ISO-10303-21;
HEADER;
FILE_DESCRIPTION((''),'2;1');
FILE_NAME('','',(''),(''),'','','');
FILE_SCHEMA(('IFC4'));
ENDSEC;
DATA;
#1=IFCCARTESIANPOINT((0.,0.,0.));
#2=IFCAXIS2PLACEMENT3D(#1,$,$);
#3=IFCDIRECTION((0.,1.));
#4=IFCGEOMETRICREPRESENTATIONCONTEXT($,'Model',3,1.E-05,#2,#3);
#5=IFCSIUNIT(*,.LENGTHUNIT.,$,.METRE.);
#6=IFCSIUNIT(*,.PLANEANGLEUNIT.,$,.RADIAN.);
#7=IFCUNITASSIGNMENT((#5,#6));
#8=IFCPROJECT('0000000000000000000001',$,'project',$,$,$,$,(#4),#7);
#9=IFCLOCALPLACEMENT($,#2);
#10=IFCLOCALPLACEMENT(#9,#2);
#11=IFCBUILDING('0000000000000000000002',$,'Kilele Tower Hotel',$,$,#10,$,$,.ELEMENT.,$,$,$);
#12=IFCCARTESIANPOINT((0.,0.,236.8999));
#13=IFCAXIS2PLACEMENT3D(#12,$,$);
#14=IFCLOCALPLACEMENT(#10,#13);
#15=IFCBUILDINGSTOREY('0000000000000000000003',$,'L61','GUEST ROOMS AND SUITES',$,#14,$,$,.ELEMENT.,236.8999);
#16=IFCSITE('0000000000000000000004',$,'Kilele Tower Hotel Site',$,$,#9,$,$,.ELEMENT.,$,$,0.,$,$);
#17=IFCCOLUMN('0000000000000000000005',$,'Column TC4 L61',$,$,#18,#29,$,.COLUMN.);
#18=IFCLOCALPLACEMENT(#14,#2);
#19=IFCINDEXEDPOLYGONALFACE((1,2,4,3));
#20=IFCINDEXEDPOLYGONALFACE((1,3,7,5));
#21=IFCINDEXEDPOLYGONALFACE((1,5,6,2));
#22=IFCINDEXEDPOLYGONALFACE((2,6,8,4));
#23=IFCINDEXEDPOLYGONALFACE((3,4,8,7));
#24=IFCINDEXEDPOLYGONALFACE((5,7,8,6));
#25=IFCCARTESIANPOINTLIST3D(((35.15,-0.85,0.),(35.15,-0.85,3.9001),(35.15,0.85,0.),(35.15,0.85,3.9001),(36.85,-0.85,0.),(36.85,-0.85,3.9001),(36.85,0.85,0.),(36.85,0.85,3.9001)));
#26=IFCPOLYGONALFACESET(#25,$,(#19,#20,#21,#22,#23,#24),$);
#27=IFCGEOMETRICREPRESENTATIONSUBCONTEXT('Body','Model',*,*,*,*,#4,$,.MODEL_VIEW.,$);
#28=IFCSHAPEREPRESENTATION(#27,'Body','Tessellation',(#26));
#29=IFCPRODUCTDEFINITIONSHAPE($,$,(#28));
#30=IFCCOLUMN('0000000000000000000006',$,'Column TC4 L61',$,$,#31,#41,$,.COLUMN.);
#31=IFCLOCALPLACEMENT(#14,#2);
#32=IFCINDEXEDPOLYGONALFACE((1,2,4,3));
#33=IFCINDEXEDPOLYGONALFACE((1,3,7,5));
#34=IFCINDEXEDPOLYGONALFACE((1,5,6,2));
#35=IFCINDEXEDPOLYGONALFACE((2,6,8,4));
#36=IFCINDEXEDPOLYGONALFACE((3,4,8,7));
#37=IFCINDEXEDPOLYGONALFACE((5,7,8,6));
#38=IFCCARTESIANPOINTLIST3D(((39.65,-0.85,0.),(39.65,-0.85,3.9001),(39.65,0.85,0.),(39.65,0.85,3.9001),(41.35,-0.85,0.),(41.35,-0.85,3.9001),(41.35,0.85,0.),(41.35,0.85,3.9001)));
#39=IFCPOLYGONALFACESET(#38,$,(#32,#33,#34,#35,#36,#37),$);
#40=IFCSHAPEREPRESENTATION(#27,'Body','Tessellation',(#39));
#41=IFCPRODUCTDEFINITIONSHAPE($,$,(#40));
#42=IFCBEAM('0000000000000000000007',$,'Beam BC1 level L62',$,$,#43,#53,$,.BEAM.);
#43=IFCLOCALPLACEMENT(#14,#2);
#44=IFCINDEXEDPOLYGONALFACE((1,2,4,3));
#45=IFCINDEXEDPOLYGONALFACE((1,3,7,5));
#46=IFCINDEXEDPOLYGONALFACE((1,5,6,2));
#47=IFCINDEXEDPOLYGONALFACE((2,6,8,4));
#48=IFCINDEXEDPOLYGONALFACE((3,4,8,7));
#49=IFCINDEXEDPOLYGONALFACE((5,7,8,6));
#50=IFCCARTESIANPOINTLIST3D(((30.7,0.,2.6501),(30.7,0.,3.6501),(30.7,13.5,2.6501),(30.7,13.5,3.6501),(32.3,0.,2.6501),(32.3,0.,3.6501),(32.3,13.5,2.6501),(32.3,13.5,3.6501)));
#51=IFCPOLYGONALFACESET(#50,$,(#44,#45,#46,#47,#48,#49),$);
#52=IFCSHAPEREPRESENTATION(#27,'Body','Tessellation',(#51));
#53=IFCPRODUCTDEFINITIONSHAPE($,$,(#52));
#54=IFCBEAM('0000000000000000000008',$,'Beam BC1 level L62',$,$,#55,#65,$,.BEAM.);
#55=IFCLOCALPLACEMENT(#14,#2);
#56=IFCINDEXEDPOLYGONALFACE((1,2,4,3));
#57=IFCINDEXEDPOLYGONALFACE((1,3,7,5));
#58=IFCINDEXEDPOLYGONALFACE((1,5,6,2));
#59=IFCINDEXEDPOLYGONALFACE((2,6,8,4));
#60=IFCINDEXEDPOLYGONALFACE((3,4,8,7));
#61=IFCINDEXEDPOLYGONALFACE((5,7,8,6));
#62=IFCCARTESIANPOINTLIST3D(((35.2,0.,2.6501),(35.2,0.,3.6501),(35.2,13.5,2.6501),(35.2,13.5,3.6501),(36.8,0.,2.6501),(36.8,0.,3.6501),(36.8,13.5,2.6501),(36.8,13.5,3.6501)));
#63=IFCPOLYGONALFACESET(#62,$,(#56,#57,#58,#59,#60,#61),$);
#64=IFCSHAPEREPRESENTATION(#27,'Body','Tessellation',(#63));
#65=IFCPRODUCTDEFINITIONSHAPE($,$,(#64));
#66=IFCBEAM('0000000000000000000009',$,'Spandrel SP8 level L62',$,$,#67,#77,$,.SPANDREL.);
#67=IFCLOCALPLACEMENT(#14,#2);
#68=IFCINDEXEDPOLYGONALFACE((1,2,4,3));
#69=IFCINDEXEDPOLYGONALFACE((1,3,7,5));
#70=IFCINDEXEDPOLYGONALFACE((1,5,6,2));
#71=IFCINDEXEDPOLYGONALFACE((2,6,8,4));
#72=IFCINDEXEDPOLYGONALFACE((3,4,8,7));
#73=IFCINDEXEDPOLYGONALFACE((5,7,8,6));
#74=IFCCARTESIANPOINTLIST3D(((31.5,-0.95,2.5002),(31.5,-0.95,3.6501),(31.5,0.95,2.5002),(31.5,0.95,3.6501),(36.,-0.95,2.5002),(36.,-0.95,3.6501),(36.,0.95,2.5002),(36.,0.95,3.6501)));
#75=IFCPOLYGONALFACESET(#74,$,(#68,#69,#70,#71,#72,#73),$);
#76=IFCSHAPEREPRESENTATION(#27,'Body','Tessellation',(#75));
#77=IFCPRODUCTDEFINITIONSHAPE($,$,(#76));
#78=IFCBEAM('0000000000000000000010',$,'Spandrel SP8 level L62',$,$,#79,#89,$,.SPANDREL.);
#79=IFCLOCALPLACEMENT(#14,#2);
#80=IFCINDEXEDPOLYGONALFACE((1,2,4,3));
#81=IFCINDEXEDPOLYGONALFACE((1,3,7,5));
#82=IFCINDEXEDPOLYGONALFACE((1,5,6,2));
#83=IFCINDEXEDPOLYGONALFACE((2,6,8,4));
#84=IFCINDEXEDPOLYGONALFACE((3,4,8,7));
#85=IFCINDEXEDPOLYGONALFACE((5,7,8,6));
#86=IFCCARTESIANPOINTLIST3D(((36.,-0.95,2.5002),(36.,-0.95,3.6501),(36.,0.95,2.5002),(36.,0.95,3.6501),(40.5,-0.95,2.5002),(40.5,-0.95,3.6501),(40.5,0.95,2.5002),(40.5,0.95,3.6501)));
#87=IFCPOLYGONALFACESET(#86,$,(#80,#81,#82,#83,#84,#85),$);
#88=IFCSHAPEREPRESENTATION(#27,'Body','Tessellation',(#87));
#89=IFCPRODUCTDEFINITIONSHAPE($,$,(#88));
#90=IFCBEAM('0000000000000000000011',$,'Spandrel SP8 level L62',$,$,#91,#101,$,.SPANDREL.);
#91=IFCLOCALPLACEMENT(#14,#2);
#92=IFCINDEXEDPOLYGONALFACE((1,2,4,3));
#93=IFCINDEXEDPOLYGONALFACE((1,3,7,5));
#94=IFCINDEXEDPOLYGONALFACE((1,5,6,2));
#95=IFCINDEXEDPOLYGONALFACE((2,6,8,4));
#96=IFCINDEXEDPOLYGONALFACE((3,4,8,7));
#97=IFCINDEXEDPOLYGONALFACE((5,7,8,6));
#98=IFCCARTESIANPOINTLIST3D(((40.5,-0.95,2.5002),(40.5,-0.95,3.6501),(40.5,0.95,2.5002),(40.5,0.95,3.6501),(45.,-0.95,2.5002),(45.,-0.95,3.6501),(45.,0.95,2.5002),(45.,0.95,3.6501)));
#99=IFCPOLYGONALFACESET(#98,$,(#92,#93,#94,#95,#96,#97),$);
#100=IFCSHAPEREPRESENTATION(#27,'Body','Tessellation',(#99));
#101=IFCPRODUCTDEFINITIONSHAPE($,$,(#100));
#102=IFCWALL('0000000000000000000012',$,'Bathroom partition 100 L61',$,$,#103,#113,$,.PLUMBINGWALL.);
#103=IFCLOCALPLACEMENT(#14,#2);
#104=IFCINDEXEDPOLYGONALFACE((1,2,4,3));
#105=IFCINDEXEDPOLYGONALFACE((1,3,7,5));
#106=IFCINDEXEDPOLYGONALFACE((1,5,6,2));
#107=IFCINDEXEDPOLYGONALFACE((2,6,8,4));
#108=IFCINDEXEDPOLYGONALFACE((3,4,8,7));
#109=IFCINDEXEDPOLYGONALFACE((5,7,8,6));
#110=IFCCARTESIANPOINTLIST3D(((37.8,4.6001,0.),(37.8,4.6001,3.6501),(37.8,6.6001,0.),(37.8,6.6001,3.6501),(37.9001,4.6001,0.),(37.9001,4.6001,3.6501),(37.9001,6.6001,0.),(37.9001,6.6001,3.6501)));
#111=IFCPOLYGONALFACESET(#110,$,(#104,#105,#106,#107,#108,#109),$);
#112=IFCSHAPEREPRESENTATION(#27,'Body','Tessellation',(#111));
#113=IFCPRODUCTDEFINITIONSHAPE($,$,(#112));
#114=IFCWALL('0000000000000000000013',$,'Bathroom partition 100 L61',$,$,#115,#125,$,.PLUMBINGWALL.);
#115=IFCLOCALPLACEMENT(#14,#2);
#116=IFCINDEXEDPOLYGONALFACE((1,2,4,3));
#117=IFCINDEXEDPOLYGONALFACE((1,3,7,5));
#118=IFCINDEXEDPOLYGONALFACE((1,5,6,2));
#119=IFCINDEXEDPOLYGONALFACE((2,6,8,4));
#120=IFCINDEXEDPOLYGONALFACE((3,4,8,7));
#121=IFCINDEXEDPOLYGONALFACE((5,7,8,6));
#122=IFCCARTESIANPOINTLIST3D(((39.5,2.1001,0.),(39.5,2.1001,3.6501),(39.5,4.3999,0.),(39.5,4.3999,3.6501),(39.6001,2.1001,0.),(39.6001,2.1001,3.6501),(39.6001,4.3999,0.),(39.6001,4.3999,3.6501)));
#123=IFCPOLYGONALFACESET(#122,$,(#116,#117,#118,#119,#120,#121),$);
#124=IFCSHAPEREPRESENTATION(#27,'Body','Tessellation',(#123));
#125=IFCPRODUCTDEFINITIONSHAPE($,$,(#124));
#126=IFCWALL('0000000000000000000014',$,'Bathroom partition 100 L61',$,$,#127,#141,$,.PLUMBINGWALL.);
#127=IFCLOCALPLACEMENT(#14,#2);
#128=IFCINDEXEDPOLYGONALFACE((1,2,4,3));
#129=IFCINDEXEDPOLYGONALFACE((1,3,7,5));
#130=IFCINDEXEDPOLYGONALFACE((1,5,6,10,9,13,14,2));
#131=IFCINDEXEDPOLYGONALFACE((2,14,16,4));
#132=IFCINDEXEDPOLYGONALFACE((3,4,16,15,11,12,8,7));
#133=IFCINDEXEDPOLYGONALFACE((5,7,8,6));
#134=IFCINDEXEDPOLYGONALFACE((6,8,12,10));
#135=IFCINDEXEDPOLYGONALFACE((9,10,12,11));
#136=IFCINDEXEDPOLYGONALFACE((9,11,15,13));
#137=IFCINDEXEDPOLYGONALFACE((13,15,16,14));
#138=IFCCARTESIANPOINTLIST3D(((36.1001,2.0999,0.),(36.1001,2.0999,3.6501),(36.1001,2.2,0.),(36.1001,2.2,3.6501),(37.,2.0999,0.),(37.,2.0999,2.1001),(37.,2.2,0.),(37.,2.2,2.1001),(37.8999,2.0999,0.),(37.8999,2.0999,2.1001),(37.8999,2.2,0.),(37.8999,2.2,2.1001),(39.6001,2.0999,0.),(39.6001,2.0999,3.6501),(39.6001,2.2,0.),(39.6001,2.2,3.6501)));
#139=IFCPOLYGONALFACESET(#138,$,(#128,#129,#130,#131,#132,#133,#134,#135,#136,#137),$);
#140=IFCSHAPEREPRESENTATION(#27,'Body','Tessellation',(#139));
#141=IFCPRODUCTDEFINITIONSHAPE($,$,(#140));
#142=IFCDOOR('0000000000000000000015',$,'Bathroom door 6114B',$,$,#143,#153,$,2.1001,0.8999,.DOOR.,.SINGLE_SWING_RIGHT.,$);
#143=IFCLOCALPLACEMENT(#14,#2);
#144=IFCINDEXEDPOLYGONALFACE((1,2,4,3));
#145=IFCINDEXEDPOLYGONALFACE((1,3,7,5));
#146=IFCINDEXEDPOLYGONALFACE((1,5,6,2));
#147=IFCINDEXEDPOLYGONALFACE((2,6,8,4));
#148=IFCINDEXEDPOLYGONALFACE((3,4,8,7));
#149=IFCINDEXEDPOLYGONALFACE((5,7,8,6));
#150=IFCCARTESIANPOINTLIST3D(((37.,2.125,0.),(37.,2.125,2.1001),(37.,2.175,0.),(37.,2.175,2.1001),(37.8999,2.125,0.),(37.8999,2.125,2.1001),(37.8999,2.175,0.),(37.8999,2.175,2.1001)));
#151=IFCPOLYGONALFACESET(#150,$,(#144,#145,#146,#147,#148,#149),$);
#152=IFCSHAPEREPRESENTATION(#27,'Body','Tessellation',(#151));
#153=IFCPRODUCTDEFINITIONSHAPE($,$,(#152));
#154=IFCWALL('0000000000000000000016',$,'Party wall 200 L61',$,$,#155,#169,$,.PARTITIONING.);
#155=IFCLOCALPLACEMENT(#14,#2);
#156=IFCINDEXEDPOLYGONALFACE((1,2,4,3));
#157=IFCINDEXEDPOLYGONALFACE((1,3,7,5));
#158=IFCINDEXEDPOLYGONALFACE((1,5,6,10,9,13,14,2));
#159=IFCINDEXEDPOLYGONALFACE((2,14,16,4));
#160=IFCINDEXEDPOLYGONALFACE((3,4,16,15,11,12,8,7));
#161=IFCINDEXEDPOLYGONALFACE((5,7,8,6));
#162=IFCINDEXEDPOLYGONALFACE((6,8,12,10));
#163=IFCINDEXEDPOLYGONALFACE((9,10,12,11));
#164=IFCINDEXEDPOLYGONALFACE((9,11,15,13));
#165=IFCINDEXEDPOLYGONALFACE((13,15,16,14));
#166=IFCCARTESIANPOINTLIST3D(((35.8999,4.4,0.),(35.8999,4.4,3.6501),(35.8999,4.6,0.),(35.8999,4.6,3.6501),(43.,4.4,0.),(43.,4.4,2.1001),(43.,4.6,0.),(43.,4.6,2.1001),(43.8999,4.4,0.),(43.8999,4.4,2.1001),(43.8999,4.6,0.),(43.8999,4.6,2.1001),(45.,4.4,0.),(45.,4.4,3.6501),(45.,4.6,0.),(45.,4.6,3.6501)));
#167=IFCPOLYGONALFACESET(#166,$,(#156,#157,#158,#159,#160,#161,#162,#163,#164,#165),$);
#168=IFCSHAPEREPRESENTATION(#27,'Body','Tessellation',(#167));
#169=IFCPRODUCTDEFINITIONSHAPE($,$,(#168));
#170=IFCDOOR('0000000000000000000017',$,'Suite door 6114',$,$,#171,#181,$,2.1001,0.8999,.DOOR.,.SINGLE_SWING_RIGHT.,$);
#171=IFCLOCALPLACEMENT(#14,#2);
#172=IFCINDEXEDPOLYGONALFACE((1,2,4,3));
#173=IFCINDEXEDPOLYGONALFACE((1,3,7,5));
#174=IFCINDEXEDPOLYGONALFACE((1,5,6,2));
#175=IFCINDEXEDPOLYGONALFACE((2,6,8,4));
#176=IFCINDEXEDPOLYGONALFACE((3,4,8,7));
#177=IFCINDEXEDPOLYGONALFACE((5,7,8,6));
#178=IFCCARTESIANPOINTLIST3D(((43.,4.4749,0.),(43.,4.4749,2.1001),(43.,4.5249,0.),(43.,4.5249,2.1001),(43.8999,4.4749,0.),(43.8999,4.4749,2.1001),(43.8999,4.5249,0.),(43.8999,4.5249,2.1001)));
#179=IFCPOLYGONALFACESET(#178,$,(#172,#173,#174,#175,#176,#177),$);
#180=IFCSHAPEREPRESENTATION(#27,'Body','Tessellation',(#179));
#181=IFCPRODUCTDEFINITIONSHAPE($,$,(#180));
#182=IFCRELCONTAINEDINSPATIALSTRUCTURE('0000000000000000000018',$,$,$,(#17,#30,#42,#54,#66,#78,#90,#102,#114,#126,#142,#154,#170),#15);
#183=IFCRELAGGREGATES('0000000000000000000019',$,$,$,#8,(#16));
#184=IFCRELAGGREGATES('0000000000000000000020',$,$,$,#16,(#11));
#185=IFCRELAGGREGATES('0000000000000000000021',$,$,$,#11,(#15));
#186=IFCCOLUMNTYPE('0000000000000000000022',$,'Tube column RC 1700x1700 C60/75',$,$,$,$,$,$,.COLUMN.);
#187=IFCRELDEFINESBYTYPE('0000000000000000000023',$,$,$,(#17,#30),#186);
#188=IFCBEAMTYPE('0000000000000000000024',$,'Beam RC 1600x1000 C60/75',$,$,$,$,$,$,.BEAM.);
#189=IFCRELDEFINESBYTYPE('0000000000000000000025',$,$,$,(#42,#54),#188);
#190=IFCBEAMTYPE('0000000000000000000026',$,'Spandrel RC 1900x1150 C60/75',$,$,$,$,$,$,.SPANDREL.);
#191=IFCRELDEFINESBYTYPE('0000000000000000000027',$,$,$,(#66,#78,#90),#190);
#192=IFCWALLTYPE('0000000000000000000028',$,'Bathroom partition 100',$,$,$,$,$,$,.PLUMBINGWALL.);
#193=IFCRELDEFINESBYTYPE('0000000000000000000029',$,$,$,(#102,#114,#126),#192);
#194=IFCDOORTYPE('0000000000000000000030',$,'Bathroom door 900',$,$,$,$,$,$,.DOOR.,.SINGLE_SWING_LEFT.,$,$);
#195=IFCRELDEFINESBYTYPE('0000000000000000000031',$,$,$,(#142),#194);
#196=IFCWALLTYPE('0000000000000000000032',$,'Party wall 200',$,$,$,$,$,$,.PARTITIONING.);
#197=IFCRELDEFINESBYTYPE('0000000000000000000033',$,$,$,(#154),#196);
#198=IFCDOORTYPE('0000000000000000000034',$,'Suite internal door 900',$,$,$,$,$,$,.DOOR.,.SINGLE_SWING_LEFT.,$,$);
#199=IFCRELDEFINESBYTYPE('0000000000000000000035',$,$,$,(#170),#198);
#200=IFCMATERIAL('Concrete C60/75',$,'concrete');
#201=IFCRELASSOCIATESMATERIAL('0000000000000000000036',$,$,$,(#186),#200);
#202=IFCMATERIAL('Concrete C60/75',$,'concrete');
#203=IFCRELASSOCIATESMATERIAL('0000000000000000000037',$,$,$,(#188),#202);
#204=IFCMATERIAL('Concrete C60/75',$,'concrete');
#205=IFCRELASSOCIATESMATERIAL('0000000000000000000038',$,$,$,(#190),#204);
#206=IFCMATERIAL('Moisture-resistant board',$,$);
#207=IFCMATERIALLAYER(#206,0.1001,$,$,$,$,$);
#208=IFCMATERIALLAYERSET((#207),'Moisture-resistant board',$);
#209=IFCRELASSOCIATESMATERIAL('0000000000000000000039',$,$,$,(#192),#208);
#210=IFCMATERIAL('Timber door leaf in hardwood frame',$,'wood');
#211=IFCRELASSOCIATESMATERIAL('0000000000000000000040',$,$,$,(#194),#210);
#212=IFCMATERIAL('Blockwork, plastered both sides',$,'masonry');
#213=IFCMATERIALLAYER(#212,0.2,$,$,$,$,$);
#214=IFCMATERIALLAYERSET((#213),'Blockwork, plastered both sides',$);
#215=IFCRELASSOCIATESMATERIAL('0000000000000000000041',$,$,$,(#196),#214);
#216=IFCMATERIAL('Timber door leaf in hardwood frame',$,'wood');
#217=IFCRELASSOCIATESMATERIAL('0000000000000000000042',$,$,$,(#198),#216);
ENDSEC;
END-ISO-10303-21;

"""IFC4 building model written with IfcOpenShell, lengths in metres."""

from ifc_helpers import new_model, si_unit, direction, frame, frame_2d, origin, origin_2d, place, context, subcontext, project, spatial, rectangle, extrude, material, layer, layer_set, material_profile, profile_set, type_object, element, fill, save


model = new_model("IFC4")

# Units and contexts
model_context = context("Model", 3, precision=1e-05, world=origin(), true_north=direction((0.0, 1.0)))
body_context = subcontext(model_context, "Body", "Model", "MODEL_VIEW")
ifc_project = project(units=[si_unit("LENGTHUNIT", "METRE"), si_unit("PLANEANGLEUNIT", "RADIAN")], contexts=[model_context])

# Site, building, storey
site_placement = place(None, origin())
site = spatial("IfcSite", under=ifc_project, at=site_placement, Name="Kilele Tower Hotel Site", CompositionType="ELEMENT", RefElevation=0.0)
building_placement = place(site_placement, origin())
building = spatial("IfcBuilding", under=site, at=building_placement, Name="Kilele Tower Hotel", CompositionType="ELEMENT")
storey_placement = place(building_placement, frame((0.0, 0.0, 236.8999)))
storey = spatial("IfcBuildingStorey", under=building, at=storey_placement, Name="L61", Description="GUEST ROOMS AND SUITES", CompositionType="ELEMENT", Elevation=236.8999)

# Columns
ifc_material_1 = material(Name="Concrete C60/75", Category="concrete")
ifc_material_profile_1 = material_profile(ifc_material_1, rectangle(XDim=1.7, YDim=1.7, at=origin_2d()))
ifc_profile_set_1 = profile_set([ifc_material_profile_1], Name="Concrete C60/75")
column_type = type_object("IfcColumnType", Name="Tube column RC 1700x1700 C60/75", PredefinedType="COLUMN", material=ifc_profile_set_1)
for number, where, z_axis, x_axis, name in (
    (1, (36.0, 0.0, 0.0), (0.0, 0.0, 1.0), (1.0, 0.0, 0.0), "Column TC4 L61"),
    (2, (40.5, 0.0, 0.0), (0.0, 0.0, 1.0), (1.0, 0.0, 0.0), "Column TC4 L61"),
):
    element("IfcColumn", number, at=place(storey_placement, frame(where, z_axis=z_axis, x_axis=x_axis)), inside=storey, type_object=column_type, Name=name, PredefinedType="COLUMN", context=body_context, shape_type="SweptSolid", body=[
        extrude(rectangle(XDim=1.7, YDim=1.7, at=origin_2d()), origin(), (0.0, 0.0, 1.0), 3.9001),
    ])

# Beams
ifc_material_2 = material(Name="Concrete C60/75", Category="concrete")
ifc_material_profile_2 = material_profile(ifc_material_2, rectangle(XDim=1.6001, YDim=1.0, at=origin_2d()))
ifc_profile_set_2 = profile_set([ifc_material_profile_2], Name="Concrete C60/75")
beam_type_1 = type_object("IfcBeamType", Name="Beam RC 1600x1000 C60/75", PredefinedType="BEAM", material=ifc_profile_set_2)
for number, where, z_axis, x_axis, name in (
    (3, (31.5, 0.0, 3.1501), (0.0, 1.0, 0.0), (-1.0, 0.0, 0.0), "Beam BC1 level L62"),
    (4, (36.0, 0.0, 3.1501), (0.0, 1.0, 0.0), (-1.0, 0.0, 0.0), "Beam BC1 level L62"),
):
    element("IfcBeam", number, at=place(storey_placement, frame(where, z_axis=z_axis, x_axis=x_axis)), inside=storey, type_object=beam_type_1, Name=name, PredefinedType="BEAM", context=body_context, shape_type="SweptSolid", body=[
        extrude(rectangle(XDim=1.6001, YDim=1.0, at=origin_2d()), origin(), (0.0, 0.0, 1.0), 13.5),
    ])
ifc_material_3 = material(Name="Concrete C60/75", Category="concrete")
ifc_material_profile_3 = material_profile(ifc_material_3, rectangle(XDim=1.8999, YDim=1.1499, at=origin_2d()))
ifc_profile_set_3 = profile_set([ifc_material_profile_3], Name="Concrete C60/75")
beam_type_2 = type_object("IfcBeamType", Name="Spandrel RC 1900x1150 C60/75", PredefinedType="SPANDREL", material=ifc_profile_set_3)
for number, where, z_axis, x_axis, name in (
    (5, (31.5, 0.0, 3.0752), (1.0, 0.0, 0.0), (0.0, 1.0, 0.0), "Spandrel SP8 level L62"),
    (6, (36.0, 0.0, 3.0752), (1.0, 0.0, 0.0), (0.0, 1.0, 0.0), "Spandrel SP8 level L62"),
    (7, (40.5, 0.0, 3.0752), (1.0, 0.0, 0.0), (0.0, 1.0, 0.0), "Spandrel SP8 level L62"),
):
    element("IfcBeam", number, at=place(storey_placement, frame(where, z_axis=z_axis, x_axis=x_axis)), inside=storey, type_object=beam_type_2, Name=name, PredefinedType="SPANDREL", context=body_context, shape_type="SweptSolid", body=[
        extrude(rectangle(XDim=1.8999, YDim=1.1499, at=origin_2d()), origin(), (0.0, 0.0, 1.0), 4.5),
    ])

# Walls
ifc_material_4 = material(Name="Moisture-resistant board")
ifc_layer_1 = layer(ifc_material_4, 0.1001)
ifc_layer_set_1 = layer_set([ifc_layer_1], Name="Moisture-resistant board")
wall_type_1 = type_object("IfcWallType", Name="Bathroom partition 100", PredefinedType="PLUMBINGWALL", material=ifc_layer_set_1)
wall_1_placement = place(storey_placement, frame((37.8501, 4.6001, 0.0), z_axis=(0.0, 0.0, 1.0), x_axis=(0.0, 1.0, 0.0)))
element("IfcWall", 8, at=wall_1_placement, inside=storey, type_object=wall_type_1, Name="Bathroom partition 100 L61", PredefinedType="PLUMBINGWALL", context=body_context, shape_type="SweptSolid", body=[
    extrude(rectangle(XDim=2.0, YDim=0.1001, at=frame_2d((1.0, 0.0))), origin(), (0.0, 0.0, 1.0), 3.6501),
])
wall_2_placement = place(storey_placement, frame((39.55, 4.3999, 0.0), z_axis=(0.0, 0.0, 1.0), x_axis=(0.0, -1.0, 0.0)))
element("IfcWall", 9, at=wall_2_placement, inside=storey, type_object=wall_type_1, Name="Bathroom partition 100 L61", PredefinedType="PLUMBINGWALL", context=body_context, shape_type="SweptSolid", body=[
    extrude(rectangle(XDim=2.2998, YDim=0.1001, at=frame_2d((1.1499, 0.0))), origin(), (0.0, 0.0, 1.0), 3.6501),
])

# Walls, openings, doors
wall_3_placement = place(storey_placement, frame((36.1001, 2.1499, 0.0), z_axis=(0.0, 0.0, 1.0), x_axis=(1.0, 0.0, 0.0)))
wall_3 = element("IfcWall", 10, at=wall_3_placement, inside=storey, type_object=wall_type_1, Name="Bathroom partition 100 L61", PredefinedType="PLUMBINGWALL", context=body_context, shape_type="SweptSolid", body=[
    extrude(rectangle(XDim=3.5, YDim=0.1001, at=frame_2d((1.75, 0.0))), origin(), (0.0, 0.0, 1.0), 3.6501),
])
opening_1_placement = place(wall_3_placement, frame((1.7998, 0.0, 0.0), z_axis=(0.0, 0.0, 1.0), x_axis=(-1.0, 0.0, 0.0)))
opening_1 = element("IfcOpeningElement", 11, at=opening_1_placement, cuts=wall_3, PredefinedType="OPENING", context=body_context, shape_type="SweptSolid", body=[
    extrude(rectangle(XDim=0.8999, YDim=2.1001, at=frame_2d((0.45, 1.05))), frame((0.0, 0.0601, 0.0), z_axis=(0.0, -1.0, 0.0), x_axis=(1.0, 0.0, 0.0)), (0.0, 0.0, 1.0), 0.1201),
])
ifc_material_5 = material(Name="Timber door leaf in hardwood frame", Category="wood")
door_type_1 = type_object("IfcDoorType", Name="Bathroom door 900", OperationType="SINGLE_SWING_LEFT", PredefinedType="DOOR", material=ifc_material_5)
door_1_placement = place(opening_1_placement, origin())
door_1 = element("IfcDoor", 12, at=door_1_placement, inside=storey, type_object=door_type_1, Name="Bathroom door 6114B", OperationType="SINGLE_SWING_RIGHT", OverallHeight=2.1001, OverallWidth=0.8999, PredefinedType="DOOR", context=body_context, shape_type="SweptSolid", body=[
    extrude(rectangle(XDim=0.8999, YDim=2.1001, at=frame_2d((0.45, 1.05))), frame((0.0, 0.0249, 0.0), z_axis=(0.0, -1.0, 0.0), x_axis=(1.0, 0.0, 0.0)), (0.0, 0.0, 1.0), 0.05),
])
fill(opening_1, door_1)
ifc_material_6 = material(Name="Blockwork, plastered both sides", Category="masonry")
ifc_layer_2 = layer(ifc_material_6, 0.2)
ifc_layer_set_2 = layer_set([ifc_layer_2], Name="Blockwork, plastered both sides")
wall_type_2 = type_object("IfcWallType", Name="Party wall 200", PredefinedType="PARTITIONING", material=ifc_layer_set_2)
wall_4_placement = place(storey_placement, frame((35.8999, 4.5, 0.0), z_axis=(0.0, 0.0, 1.0), x_axis=(1.0, 0.0, 0.0)))
wall_4 = element("IfcWall", 13, at=wall_4_placement, inside=storey, type_object=wall_type_2, Name="Party wall 200 L61", PredefinedType="PARTITIONING", context=body_context, shape_type="SweptSolid", body=[
    extrude(rectangle(XDim=9.1001, YDim=0.2, at=frame_2d((4.55, 0.0))), origin(), (0.0, 0.0, 1.0), 3.6501),
])
opening_2_placement = place(wall_4_placement, frame((7.1001, 0.0, 0.0)))
opening_2 = element("IfcOpeningElement", 14, at=opening_2_placement, cuts=wall_4, PredefinedType="OPENING", context=body_context, shape_type="SweptSolid", body=[
    extrude(rectangle(XDim=0.8999, YDim=2.1001, at=frame_2d((0.45, 1.05))), frame((0.0, 0.1099, 0.0), z_axis=(0.0, -1.0, 0.0), x_axis=(1.0, 0.0, 0.0)), (0.0, 0.0, 1.0), 0.22),
])
ifc_material_7 = material(Name="Timber door leaf in hardwood frame", Category="wood")
door_type_2 = type_object("IfcDoorType", Name="Suite internal door 900", OperationType="SINGLE_SWING_LEFT", PredefinedType="DOOR", material=ifc_material_7)
door_2_placement = place(opening_2_placement, origin())
door_2 = element("IfcDoor", 15, at=door_2_placement, inside=storey, type_object=door_type_2, Name="Suite door 6114", OperationType="SINGLE_SWING_RIGHT", OverallHeight=2.1001, OverallWidth=0.8999, PredefinedType="DOOR", context=body_context, shape_type="SweptSolid", body=[
    extrude(rectangle(XDim=0.8999, YDim=2.1001, at=frame_2d((0.45, 1.05))), frame((0.0, 0.0249, 0.0), z_axis=(0.0, -1.0, 0.0), x_axis=(1.0, 0.0, 0.0)), (0.0, 0.0, 1.0), 0.05),
])
fill(opening_2, door_2)

save(model, "model.ifc")
